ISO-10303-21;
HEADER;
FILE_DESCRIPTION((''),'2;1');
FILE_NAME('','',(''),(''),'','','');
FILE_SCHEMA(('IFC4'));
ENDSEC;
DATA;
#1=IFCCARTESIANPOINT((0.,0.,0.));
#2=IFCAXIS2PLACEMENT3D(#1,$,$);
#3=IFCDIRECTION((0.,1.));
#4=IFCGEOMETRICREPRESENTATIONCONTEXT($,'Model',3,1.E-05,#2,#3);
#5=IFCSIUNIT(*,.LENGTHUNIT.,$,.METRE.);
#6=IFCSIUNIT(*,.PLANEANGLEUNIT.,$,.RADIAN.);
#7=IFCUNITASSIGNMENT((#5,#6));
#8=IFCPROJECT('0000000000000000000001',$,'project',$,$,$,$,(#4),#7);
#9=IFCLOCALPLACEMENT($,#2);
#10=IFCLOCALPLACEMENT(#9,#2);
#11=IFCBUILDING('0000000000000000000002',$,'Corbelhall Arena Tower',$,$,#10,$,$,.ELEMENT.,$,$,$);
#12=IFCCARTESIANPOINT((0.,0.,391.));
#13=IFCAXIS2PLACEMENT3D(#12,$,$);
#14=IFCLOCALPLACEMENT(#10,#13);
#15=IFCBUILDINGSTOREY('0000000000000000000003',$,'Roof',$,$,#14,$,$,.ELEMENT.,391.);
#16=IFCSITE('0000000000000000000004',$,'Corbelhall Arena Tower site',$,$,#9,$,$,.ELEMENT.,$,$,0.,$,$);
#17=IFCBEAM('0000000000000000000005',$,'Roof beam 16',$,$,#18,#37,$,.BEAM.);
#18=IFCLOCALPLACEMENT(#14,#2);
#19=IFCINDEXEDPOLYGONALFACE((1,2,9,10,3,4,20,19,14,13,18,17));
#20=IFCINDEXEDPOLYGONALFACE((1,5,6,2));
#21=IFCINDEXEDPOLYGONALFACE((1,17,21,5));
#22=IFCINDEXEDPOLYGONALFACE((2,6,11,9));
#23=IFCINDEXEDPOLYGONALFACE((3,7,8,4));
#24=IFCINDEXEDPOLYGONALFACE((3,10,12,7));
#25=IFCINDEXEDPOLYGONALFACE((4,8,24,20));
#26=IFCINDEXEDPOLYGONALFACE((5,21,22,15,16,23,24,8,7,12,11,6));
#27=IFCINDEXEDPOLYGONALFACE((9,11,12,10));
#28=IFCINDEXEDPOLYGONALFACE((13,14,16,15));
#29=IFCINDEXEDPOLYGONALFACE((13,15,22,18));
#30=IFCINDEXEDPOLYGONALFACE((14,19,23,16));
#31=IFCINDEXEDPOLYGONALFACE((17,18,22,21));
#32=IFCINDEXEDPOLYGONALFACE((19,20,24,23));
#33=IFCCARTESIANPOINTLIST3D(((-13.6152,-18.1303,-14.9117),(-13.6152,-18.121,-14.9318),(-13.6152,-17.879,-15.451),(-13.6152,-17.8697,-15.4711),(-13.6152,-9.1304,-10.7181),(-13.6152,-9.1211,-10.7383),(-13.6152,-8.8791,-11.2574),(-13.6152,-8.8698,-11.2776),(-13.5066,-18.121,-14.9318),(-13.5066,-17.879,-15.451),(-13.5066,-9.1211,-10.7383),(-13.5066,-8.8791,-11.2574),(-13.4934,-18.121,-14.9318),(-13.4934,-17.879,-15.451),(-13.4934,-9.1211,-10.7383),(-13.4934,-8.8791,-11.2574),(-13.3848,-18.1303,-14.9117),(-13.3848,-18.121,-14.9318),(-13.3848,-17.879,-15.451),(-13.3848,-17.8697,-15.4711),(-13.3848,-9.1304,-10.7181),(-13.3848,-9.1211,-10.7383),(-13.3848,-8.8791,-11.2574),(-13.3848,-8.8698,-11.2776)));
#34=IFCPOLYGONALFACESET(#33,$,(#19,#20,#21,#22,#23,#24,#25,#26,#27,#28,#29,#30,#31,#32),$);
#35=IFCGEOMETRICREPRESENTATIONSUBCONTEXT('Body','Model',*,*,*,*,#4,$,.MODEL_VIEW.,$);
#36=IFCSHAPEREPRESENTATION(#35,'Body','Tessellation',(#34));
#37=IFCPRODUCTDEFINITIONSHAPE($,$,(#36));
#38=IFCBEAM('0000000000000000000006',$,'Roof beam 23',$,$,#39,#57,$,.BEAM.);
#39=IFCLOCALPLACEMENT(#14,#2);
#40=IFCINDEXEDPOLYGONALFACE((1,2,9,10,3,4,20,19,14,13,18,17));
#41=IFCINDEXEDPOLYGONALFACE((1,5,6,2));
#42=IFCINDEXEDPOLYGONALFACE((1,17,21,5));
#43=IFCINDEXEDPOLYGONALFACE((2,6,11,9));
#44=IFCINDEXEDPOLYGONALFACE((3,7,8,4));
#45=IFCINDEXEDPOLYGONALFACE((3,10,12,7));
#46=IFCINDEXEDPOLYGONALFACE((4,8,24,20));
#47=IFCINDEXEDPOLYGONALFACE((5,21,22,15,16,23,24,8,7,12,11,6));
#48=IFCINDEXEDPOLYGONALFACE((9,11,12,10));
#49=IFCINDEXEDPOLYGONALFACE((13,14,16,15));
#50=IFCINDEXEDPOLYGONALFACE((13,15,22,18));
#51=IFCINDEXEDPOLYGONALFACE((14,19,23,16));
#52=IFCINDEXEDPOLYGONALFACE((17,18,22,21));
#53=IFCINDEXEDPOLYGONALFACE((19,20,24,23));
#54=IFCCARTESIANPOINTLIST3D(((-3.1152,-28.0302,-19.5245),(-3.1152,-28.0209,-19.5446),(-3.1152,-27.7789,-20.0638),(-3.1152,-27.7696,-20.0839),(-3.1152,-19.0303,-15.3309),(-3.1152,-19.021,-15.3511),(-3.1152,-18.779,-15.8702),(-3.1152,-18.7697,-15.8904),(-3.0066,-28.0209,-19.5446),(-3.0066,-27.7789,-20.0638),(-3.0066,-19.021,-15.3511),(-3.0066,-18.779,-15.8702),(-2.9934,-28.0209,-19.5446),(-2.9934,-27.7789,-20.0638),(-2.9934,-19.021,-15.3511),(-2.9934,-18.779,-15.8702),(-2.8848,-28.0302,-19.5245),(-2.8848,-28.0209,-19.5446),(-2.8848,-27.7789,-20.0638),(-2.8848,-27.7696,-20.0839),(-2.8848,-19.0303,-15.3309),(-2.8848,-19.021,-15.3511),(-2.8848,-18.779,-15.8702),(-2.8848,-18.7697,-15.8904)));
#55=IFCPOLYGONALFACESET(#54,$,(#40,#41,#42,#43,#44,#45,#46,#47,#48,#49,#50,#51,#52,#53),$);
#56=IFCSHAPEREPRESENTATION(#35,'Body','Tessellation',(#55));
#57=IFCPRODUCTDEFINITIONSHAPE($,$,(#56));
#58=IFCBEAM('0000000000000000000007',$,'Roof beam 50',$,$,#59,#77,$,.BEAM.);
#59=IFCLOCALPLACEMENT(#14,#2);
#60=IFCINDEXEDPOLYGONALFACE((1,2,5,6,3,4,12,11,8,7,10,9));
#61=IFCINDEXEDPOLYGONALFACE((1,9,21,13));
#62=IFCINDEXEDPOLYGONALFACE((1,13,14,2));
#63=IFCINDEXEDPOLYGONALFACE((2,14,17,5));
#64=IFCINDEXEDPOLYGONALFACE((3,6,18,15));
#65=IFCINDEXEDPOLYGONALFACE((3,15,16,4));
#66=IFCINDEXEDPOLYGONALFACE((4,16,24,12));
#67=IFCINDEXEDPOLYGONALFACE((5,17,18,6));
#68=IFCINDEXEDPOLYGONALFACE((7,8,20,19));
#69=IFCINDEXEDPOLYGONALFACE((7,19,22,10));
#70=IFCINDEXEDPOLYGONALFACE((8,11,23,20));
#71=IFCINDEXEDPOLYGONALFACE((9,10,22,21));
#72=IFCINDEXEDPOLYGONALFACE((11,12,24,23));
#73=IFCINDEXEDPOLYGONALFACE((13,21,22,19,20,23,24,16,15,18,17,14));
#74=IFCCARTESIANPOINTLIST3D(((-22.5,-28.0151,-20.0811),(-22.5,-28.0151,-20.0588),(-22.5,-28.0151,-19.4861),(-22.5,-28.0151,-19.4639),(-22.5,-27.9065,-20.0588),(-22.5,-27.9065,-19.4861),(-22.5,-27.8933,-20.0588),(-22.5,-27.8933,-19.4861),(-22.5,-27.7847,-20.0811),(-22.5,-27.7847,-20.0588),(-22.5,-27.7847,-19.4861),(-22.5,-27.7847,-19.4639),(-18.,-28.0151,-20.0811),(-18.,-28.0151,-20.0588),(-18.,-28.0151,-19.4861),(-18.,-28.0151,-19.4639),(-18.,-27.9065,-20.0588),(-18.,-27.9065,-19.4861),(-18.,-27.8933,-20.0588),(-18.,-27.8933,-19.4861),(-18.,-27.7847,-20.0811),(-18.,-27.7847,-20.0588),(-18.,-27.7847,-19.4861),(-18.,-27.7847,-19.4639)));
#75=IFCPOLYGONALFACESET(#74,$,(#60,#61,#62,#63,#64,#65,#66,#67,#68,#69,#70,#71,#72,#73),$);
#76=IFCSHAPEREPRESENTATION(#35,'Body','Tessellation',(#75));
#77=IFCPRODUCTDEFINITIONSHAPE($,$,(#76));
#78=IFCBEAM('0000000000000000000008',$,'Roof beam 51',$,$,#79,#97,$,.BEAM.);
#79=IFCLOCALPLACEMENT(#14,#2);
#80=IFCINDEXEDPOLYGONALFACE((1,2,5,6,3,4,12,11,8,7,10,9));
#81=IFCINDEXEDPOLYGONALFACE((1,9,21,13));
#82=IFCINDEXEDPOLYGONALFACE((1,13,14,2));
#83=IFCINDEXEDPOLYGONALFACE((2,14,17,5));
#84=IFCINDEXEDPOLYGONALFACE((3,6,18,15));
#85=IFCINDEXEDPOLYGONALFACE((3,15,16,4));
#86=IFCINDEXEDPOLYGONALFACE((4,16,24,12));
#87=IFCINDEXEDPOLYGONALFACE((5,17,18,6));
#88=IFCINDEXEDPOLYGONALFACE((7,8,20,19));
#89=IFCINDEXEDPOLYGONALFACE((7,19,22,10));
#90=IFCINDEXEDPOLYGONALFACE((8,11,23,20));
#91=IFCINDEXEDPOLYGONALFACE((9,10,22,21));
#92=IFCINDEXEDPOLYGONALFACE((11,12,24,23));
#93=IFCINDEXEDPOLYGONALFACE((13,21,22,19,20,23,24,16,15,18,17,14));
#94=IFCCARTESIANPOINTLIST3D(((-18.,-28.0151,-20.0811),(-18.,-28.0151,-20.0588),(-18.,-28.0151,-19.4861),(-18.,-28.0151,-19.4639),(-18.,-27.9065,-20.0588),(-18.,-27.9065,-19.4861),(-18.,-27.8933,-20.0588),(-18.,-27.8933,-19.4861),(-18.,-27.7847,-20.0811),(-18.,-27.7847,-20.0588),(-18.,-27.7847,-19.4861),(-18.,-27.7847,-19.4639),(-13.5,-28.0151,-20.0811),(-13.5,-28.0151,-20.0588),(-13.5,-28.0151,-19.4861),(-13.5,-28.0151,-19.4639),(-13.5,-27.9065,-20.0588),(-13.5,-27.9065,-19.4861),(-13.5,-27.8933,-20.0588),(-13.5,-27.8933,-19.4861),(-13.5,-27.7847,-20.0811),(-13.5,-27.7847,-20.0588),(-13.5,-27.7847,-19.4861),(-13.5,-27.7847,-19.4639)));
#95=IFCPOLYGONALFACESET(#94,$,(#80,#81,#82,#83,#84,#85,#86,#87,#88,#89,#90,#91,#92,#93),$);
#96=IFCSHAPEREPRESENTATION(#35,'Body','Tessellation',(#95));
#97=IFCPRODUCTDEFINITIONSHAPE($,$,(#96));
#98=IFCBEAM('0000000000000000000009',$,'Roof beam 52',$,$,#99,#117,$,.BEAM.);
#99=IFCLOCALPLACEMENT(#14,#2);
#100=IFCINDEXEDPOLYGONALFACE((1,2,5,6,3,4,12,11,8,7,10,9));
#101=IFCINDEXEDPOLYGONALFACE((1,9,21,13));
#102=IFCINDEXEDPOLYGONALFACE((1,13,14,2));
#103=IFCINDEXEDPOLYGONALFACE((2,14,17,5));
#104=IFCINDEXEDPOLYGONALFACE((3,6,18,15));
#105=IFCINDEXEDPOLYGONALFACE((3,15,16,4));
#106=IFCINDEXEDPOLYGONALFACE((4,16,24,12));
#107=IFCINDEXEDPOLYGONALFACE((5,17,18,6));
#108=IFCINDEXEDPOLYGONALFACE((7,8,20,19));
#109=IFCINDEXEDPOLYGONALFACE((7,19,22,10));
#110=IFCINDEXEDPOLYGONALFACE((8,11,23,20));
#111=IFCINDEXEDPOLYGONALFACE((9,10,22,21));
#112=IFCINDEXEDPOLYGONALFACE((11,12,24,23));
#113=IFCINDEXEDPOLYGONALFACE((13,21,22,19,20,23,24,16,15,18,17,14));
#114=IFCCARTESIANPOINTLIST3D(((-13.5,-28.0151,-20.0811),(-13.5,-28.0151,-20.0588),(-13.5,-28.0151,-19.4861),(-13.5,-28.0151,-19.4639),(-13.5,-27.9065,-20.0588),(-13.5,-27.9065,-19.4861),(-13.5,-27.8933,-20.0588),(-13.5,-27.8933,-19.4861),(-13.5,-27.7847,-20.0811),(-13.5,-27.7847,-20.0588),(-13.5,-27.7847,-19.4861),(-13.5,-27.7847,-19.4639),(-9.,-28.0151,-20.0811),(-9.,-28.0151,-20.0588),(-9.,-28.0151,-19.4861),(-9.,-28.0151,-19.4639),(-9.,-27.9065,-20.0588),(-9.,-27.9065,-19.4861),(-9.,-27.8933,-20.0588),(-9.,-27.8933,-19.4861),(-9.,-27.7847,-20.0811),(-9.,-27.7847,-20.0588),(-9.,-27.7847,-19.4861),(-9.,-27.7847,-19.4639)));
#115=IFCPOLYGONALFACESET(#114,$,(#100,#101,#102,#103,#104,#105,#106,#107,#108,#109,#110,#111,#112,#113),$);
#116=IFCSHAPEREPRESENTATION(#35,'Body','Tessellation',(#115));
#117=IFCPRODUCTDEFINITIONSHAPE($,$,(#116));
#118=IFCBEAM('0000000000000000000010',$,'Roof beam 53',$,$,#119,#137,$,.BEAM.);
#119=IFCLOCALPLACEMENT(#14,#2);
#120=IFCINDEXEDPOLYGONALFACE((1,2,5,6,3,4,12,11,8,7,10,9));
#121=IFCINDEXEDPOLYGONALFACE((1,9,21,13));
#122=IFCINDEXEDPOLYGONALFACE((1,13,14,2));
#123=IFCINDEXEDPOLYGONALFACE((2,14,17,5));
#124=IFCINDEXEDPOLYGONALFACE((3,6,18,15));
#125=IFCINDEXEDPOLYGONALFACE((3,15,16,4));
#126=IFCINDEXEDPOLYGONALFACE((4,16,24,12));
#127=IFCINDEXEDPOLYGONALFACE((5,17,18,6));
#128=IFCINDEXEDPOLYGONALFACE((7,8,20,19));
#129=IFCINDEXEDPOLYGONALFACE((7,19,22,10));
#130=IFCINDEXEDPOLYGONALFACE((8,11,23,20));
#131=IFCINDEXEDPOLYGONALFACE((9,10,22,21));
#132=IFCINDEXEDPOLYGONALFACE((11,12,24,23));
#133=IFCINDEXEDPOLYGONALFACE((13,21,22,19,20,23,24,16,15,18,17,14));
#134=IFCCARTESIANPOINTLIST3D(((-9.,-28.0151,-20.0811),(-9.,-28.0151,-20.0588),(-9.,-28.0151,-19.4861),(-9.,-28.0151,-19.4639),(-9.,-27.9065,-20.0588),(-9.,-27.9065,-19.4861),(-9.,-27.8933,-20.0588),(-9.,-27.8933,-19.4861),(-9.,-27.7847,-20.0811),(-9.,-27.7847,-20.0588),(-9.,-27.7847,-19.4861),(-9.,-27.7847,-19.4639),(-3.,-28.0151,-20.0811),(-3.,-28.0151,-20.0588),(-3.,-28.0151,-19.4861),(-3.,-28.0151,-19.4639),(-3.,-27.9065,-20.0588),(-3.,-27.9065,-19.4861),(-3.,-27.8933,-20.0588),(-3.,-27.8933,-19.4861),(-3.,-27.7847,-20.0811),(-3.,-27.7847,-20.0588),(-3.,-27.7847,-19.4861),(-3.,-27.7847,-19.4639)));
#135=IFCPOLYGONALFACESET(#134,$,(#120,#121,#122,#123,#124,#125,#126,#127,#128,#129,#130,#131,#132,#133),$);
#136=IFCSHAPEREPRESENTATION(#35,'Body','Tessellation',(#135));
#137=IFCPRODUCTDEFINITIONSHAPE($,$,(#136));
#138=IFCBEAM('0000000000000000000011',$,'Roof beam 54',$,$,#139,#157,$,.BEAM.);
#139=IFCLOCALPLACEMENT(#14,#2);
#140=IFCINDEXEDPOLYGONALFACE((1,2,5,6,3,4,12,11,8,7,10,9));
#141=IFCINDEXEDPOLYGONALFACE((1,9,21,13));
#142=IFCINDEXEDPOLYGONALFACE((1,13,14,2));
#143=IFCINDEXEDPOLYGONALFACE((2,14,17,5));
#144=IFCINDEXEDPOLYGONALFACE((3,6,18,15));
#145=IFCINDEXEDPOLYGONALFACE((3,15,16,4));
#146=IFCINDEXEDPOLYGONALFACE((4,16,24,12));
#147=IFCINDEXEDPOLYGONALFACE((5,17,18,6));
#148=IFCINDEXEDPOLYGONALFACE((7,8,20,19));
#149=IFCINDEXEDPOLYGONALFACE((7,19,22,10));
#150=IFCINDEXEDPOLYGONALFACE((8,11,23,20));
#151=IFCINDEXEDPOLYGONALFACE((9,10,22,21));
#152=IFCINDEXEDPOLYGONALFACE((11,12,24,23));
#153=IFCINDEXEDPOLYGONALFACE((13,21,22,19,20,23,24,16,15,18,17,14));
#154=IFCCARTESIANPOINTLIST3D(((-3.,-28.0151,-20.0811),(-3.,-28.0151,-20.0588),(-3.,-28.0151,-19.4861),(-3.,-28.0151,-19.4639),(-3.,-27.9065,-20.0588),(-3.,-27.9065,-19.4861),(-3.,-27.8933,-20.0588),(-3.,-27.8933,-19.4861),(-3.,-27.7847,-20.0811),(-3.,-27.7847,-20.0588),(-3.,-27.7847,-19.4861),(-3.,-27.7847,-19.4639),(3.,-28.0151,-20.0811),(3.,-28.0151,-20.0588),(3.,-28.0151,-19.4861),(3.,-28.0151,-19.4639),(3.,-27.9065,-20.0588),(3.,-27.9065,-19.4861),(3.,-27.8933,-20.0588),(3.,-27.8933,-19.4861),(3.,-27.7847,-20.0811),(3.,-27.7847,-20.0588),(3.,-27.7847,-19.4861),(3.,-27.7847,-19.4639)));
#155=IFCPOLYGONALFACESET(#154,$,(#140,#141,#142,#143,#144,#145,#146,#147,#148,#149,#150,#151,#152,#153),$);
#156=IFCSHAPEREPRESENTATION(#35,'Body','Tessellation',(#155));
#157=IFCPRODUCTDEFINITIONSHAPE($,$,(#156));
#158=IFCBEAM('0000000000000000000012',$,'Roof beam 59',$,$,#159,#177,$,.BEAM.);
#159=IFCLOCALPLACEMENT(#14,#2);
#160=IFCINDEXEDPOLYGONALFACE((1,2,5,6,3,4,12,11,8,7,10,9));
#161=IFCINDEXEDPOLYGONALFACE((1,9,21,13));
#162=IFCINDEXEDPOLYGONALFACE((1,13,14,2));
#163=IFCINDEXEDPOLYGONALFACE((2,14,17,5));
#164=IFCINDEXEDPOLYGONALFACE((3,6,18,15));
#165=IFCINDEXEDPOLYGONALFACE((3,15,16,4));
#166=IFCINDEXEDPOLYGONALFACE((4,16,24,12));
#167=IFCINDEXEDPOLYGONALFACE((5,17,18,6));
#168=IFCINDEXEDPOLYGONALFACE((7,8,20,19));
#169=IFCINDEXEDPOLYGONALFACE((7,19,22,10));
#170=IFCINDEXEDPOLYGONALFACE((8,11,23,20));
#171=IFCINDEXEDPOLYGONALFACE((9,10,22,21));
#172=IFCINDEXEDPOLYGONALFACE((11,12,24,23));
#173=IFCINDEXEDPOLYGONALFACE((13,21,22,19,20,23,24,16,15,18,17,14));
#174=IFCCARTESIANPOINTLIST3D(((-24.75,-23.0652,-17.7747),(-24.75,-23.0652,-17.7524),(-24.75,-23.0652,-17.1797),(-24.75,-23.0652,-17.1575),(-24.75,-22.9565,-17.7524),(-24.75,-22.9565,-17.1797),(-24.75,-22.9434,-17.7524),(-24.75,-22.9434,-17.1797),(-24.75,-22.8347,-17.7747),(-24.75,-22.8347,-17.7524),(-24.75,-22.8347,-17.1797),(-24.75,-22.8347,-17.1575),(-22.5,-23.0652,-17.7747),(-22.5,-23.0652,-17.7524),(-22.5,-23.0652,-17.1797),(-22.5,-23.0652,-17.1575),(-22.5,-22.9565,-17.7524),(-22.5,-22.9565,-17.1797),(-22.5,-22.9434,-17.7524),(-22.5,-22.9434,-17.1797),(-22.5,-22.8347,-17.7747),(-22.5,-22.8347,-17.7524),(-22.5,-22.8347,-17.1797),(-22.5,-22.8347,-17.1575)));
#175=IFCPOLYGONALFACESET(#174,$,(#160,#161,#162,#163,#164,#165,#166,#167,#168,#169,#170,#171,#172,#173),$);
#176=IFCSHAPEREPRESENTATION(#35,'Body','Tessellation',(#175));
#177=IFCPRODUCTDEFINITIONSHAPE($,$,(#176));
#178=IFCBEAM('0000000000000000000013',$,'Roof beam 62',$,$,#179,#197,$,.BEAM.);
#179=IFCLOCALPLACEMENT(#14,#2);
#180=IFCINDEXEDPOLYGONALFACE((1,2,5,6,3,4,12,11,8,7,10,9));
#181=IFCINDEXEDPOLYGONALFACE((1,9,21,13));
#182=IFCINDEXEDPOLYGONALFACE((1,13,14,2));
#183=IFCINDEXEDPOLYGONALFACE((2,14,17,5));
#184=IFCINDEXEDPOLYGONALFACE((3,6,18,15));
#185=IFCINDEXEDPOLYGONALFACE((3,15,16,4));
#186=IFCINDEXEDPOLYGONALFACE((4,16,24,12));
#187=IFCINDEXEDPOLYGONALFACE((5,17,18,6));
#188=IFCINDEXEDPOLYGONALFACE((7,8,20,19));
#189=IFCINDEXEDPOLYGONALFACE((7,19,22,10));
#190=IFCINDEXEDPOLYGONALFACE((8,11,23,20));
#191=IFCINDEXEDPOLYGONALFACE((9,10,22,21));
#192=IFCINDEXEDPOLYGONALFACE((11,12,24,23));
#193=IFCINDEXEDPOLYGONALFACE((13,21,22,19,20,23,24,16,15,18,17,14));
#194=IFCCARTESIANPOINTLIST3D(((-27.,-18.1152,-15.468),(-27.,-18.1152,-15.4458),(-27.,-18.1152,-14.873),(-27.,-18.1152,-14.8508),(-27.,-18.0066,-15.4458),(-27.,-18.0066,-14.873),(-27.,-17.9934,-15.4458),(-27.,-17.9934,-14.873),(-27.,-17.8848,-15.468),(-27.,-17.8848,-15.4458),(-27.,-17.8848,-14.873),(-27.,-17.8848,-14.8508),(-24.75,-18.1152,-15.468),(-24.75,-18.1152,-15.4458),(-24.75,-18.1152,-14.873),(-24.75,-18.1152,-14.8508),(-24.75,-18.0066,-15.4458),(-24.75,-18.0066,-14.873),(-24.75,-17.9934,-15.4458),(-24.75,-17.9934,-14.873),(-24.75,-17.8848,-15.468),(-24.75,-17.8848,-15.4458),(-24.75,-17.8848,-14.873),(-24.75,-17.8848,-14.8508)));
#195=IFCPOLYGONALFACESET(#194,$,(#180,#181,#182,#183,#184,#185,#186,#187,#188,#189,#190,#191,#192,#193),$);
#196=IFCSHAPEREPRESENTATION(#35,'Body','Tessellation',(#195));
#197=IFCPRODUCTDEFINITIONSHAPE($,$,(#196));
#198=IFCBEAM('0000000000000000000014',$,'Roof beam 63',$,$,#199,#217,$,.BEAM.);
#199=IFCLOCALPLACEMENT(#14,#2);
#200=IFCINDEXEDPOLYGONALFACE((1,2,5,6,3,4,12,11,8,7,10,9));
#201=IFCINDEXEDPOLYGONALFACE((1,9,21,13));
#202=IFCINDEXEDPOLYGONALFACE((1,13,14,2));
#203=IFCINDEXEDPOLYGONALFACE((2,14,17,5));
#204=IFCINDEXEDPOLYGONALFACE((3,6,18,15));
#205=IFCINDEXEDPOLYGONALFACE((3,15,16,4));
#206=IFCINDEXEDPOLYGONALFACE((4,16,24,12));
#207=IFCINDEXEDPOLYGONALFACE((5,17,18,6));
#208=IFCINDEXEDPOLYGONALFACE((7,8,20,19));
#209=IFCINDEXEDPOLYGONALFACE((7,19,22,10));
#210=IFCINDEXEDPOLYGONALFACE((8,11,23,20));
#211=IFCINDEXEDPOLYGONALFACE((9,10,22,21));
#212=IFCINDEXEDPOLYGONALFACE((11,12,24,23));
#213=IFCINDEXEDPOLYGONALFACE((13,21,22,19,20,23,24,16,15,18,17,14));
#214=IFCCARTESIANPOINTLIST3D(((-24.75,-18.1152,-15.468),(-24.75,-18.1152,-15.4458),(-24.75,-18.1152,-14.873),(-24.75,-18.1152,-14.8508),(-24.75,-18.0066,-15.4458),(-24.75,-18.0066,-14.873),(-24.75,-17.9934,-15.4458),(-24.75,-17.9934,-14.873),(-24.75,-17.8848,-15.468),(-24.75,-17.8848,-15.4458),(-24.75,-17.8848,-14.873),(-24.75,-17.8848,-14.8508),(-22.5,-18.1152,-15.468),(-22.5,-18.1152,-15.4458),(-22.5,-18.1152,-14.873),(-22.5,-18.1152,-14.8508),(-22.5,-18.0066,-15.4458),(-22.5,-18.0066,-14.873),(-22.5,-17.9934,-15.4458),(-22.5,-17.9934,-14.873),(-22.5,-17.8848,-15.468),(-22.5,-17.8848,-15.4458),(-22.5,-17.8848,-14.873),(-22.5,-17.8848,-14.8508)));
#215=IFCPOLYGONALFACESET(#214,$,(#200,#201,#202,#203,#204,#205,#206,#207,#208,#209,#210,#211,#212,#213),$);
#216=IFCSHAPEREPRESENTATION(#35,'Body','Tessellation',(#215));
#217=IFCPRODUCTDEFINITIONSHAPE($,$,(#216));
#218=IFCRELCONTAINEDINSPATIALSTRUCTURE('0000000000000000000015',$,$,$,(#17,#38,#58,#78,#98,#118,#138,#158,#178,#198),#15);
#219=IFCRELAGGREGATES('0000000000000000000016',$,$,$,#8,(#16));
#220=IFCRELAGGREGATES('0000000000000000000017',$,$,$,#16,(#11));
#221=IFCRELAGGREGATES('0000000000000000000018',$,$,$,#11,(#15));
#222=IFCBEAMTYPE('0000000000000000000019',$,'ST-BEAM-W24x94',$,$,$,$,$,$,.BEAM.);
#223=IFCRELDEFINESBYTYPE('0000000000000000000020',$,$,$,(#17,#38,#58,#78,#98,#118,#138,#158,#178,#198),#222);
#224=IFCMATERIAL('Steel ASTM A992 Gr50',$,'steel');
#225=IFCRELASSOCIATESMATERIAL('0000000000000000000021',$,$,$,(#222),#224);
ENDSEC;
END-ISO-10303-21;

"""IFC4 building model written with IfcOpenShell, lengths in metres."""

from ifc_helpers import new_model, si_unit, direction, frame, origin, origin_2d, place, context, subcontext, project, spatial, i_section, extrude, material, material_profile, profile_set, type_object, element, save


model = new_model("IFC4")

# Units and contexts
model_context = context("Model", 3, precision=1e-05, world=origin(), true_north=direction((0.0, 1.0)))
body_context = subcontext(model_context, "Body", "Model", "MODEL_VIEW")
ifc_project = project(units=[si_unit("LENGTHUNIT", "METRE"), si_unit("PLANEANGLEUNIT", "RADIAN")], contexts=[model_context])

# Site, building, storey
site_placement = place(None, origin())
site = spatial("IfcSite", under=ifc_project, at=site_placement, Name="Corbelhall Arena Tower site", CompositionType="ELEMENT", RefElevation=0.0)
building_placement = place(site_placement, origin())
building = spatial("IfcBuilding", under=site, at=building_placement, Name="Corbelhall Arena Tower", CompositionType="ELEMENT")
storey_placement = place(building_placement, frame((0.0, 0.0, 391.0)))
storey = spatial("IfcBuildingStorey", under=building, at=storey_placement, Name="Roof", CompositionType="ELEMENT", Elevation=391.0)

# Beams
ifc_material_1 = material(Name="Steel ASTM A992 Gr50", Category="steel")
ifc_material_profile_1 = material_profile(ifc_material_1, i_section(OverallWidth=0.2305, OverallDepth=0.6172, WebThickness=0.0132, FlangeThickness=0.0222, at=origin_2d()))
ifc_profile_set_1 = profile_set([ifc_material_profile_1], Name="Steel ASTM A992 Gr50")
beam_type = type_object("IfcBeamType", Name="ST-BEAM-W24x94", PredefinedType="BEAM", material=ifc_profile_set_1)
for number, where, z_axis, x_axis, name in (
    (1, (-13.5, -18.0, -15.1914), (0.0, 0.90643, 0.422356), (-1.0, 0.0, 0.0), "Roof beam 16"),
    (2, (-3.0, -27.8999, -19.8042), (0.0, 0.90643, 0.422356), (-1.0, 0.0, 0.0), "Roof beam 23"),
):
    element("IfcBeam", number, at=place(storey_placement, frame(where, z_axis=z_axis, x_axis=x_axis)), inside=storey, type_object=beam_type, Name=name, PredefinedType="BEAM", context=body_context, shape_type="SweptSolid", body=[
        extrude(i_section(OverallWidth=0.2305, OverallDepth=0.6172, WebThickness=0.0132, FlangeThickness=0.0222, at=origin_2d()), origin(), (0.0, 0.0, 1.0), 9.929),
    ])
for number, where, z_axis, x_axis, name in (
    (3, (-22.5, -27.8999, -19.7725), (1.0, 0.0, 0.0), (0.0, 1.0, 0.0), "Roof beam 50"),
    (4, (-18.0, -27.8999, -19.7725), (1.0, 0.0, 0.0), (0.0, 1.0, 0.0), "Roof beam 51"),
    (5, (-13.5, -27.8999, -19.7725), (1.0, 0.0, 0.0), (0.0, 1.0, 0.0), "Roof beam 52"),
):
    element("IfcBeam", number, at=place(storey_placement, frame(where, z_axis=z_axis, x_axis=x_axis)), inside=storey, type_object=beam_type, Name=name, PredefinedType="BEAM", context=body_context, shape_type="SweptSolid", body=[
        extrude(i_section(OverallWidth=0.2305, OverallDepth=0.6172, WebThickness=0.0132, FlangeThickness=0.0222, at=origin_2d()), origin(), (0.0, 0.0, 1.0), 4.5),
    ])
for number, where, z_axis, x_axis, name in (
    (6, (-9.0, -27.8999, -19.7725), (1.0, 0.0, 0.0), (0.0, 1.0, 0.0), "Roof beam 53"),
    (7, (-3.0, -27.8999, -19.7725), (1.0, 0.0, 0.0), (0.0, 1.0, 0.0), "Roof beam 54"),
):
    element("IfcBeam", number, at=place(storey_placement, frame(where, z_axis=z_axis, x_axis=x_axis)), inside=storey, type_object=beam_type, Name=name, PredefinedType="BEAM", context=body_context, shape_type="SweptSolid", body=[
        extrude(i_section(OverallWidth=0.2305, OverallDepth=0.6172, WebThickness=0.0132, FlangeThickness=0.0222, at=origin_2d()), origin(), (0.0, 0.0, 1.0), 6.0),
    ])
for number, where, z_axis, x_axis, name in (
    (8, (-24.75, -22.95, -17.4661), (1.0, 0.0, 0.0), (0.0, 1.0, 0.0), "Roof beam 59"),
    (9, (-27.0, -18.0, -15.1594), (1.0, 0.0, 0.0), (0.0, 1.0, 0.0), "Roof beam 62"),
    (10, (-24.75, -18.0, -15.1594), (1.0, 0.0, 0.0), (0.0, 1.0, 0.0), "Roof beam 63"),
):
    element("IfcBeam", number, at=place(storey_placement, frame(where, z_axis=z_axis, x_axis=x_axis)), inside=storey, type_object=beam_type, Name=name, PredefinedType="BEAM", context=body_context, shape_type="SweptSolid", body=[
        extrude(i_section(OverallWidth=0.2305, OverallDepth=0.6172, WebThickness=0.0132, FlangeThickness=0.0222, at=origin_2d()), origin(), (0.0, 0.0, 1.0), 2.25),
    ])

save(model, "model.ifc")
